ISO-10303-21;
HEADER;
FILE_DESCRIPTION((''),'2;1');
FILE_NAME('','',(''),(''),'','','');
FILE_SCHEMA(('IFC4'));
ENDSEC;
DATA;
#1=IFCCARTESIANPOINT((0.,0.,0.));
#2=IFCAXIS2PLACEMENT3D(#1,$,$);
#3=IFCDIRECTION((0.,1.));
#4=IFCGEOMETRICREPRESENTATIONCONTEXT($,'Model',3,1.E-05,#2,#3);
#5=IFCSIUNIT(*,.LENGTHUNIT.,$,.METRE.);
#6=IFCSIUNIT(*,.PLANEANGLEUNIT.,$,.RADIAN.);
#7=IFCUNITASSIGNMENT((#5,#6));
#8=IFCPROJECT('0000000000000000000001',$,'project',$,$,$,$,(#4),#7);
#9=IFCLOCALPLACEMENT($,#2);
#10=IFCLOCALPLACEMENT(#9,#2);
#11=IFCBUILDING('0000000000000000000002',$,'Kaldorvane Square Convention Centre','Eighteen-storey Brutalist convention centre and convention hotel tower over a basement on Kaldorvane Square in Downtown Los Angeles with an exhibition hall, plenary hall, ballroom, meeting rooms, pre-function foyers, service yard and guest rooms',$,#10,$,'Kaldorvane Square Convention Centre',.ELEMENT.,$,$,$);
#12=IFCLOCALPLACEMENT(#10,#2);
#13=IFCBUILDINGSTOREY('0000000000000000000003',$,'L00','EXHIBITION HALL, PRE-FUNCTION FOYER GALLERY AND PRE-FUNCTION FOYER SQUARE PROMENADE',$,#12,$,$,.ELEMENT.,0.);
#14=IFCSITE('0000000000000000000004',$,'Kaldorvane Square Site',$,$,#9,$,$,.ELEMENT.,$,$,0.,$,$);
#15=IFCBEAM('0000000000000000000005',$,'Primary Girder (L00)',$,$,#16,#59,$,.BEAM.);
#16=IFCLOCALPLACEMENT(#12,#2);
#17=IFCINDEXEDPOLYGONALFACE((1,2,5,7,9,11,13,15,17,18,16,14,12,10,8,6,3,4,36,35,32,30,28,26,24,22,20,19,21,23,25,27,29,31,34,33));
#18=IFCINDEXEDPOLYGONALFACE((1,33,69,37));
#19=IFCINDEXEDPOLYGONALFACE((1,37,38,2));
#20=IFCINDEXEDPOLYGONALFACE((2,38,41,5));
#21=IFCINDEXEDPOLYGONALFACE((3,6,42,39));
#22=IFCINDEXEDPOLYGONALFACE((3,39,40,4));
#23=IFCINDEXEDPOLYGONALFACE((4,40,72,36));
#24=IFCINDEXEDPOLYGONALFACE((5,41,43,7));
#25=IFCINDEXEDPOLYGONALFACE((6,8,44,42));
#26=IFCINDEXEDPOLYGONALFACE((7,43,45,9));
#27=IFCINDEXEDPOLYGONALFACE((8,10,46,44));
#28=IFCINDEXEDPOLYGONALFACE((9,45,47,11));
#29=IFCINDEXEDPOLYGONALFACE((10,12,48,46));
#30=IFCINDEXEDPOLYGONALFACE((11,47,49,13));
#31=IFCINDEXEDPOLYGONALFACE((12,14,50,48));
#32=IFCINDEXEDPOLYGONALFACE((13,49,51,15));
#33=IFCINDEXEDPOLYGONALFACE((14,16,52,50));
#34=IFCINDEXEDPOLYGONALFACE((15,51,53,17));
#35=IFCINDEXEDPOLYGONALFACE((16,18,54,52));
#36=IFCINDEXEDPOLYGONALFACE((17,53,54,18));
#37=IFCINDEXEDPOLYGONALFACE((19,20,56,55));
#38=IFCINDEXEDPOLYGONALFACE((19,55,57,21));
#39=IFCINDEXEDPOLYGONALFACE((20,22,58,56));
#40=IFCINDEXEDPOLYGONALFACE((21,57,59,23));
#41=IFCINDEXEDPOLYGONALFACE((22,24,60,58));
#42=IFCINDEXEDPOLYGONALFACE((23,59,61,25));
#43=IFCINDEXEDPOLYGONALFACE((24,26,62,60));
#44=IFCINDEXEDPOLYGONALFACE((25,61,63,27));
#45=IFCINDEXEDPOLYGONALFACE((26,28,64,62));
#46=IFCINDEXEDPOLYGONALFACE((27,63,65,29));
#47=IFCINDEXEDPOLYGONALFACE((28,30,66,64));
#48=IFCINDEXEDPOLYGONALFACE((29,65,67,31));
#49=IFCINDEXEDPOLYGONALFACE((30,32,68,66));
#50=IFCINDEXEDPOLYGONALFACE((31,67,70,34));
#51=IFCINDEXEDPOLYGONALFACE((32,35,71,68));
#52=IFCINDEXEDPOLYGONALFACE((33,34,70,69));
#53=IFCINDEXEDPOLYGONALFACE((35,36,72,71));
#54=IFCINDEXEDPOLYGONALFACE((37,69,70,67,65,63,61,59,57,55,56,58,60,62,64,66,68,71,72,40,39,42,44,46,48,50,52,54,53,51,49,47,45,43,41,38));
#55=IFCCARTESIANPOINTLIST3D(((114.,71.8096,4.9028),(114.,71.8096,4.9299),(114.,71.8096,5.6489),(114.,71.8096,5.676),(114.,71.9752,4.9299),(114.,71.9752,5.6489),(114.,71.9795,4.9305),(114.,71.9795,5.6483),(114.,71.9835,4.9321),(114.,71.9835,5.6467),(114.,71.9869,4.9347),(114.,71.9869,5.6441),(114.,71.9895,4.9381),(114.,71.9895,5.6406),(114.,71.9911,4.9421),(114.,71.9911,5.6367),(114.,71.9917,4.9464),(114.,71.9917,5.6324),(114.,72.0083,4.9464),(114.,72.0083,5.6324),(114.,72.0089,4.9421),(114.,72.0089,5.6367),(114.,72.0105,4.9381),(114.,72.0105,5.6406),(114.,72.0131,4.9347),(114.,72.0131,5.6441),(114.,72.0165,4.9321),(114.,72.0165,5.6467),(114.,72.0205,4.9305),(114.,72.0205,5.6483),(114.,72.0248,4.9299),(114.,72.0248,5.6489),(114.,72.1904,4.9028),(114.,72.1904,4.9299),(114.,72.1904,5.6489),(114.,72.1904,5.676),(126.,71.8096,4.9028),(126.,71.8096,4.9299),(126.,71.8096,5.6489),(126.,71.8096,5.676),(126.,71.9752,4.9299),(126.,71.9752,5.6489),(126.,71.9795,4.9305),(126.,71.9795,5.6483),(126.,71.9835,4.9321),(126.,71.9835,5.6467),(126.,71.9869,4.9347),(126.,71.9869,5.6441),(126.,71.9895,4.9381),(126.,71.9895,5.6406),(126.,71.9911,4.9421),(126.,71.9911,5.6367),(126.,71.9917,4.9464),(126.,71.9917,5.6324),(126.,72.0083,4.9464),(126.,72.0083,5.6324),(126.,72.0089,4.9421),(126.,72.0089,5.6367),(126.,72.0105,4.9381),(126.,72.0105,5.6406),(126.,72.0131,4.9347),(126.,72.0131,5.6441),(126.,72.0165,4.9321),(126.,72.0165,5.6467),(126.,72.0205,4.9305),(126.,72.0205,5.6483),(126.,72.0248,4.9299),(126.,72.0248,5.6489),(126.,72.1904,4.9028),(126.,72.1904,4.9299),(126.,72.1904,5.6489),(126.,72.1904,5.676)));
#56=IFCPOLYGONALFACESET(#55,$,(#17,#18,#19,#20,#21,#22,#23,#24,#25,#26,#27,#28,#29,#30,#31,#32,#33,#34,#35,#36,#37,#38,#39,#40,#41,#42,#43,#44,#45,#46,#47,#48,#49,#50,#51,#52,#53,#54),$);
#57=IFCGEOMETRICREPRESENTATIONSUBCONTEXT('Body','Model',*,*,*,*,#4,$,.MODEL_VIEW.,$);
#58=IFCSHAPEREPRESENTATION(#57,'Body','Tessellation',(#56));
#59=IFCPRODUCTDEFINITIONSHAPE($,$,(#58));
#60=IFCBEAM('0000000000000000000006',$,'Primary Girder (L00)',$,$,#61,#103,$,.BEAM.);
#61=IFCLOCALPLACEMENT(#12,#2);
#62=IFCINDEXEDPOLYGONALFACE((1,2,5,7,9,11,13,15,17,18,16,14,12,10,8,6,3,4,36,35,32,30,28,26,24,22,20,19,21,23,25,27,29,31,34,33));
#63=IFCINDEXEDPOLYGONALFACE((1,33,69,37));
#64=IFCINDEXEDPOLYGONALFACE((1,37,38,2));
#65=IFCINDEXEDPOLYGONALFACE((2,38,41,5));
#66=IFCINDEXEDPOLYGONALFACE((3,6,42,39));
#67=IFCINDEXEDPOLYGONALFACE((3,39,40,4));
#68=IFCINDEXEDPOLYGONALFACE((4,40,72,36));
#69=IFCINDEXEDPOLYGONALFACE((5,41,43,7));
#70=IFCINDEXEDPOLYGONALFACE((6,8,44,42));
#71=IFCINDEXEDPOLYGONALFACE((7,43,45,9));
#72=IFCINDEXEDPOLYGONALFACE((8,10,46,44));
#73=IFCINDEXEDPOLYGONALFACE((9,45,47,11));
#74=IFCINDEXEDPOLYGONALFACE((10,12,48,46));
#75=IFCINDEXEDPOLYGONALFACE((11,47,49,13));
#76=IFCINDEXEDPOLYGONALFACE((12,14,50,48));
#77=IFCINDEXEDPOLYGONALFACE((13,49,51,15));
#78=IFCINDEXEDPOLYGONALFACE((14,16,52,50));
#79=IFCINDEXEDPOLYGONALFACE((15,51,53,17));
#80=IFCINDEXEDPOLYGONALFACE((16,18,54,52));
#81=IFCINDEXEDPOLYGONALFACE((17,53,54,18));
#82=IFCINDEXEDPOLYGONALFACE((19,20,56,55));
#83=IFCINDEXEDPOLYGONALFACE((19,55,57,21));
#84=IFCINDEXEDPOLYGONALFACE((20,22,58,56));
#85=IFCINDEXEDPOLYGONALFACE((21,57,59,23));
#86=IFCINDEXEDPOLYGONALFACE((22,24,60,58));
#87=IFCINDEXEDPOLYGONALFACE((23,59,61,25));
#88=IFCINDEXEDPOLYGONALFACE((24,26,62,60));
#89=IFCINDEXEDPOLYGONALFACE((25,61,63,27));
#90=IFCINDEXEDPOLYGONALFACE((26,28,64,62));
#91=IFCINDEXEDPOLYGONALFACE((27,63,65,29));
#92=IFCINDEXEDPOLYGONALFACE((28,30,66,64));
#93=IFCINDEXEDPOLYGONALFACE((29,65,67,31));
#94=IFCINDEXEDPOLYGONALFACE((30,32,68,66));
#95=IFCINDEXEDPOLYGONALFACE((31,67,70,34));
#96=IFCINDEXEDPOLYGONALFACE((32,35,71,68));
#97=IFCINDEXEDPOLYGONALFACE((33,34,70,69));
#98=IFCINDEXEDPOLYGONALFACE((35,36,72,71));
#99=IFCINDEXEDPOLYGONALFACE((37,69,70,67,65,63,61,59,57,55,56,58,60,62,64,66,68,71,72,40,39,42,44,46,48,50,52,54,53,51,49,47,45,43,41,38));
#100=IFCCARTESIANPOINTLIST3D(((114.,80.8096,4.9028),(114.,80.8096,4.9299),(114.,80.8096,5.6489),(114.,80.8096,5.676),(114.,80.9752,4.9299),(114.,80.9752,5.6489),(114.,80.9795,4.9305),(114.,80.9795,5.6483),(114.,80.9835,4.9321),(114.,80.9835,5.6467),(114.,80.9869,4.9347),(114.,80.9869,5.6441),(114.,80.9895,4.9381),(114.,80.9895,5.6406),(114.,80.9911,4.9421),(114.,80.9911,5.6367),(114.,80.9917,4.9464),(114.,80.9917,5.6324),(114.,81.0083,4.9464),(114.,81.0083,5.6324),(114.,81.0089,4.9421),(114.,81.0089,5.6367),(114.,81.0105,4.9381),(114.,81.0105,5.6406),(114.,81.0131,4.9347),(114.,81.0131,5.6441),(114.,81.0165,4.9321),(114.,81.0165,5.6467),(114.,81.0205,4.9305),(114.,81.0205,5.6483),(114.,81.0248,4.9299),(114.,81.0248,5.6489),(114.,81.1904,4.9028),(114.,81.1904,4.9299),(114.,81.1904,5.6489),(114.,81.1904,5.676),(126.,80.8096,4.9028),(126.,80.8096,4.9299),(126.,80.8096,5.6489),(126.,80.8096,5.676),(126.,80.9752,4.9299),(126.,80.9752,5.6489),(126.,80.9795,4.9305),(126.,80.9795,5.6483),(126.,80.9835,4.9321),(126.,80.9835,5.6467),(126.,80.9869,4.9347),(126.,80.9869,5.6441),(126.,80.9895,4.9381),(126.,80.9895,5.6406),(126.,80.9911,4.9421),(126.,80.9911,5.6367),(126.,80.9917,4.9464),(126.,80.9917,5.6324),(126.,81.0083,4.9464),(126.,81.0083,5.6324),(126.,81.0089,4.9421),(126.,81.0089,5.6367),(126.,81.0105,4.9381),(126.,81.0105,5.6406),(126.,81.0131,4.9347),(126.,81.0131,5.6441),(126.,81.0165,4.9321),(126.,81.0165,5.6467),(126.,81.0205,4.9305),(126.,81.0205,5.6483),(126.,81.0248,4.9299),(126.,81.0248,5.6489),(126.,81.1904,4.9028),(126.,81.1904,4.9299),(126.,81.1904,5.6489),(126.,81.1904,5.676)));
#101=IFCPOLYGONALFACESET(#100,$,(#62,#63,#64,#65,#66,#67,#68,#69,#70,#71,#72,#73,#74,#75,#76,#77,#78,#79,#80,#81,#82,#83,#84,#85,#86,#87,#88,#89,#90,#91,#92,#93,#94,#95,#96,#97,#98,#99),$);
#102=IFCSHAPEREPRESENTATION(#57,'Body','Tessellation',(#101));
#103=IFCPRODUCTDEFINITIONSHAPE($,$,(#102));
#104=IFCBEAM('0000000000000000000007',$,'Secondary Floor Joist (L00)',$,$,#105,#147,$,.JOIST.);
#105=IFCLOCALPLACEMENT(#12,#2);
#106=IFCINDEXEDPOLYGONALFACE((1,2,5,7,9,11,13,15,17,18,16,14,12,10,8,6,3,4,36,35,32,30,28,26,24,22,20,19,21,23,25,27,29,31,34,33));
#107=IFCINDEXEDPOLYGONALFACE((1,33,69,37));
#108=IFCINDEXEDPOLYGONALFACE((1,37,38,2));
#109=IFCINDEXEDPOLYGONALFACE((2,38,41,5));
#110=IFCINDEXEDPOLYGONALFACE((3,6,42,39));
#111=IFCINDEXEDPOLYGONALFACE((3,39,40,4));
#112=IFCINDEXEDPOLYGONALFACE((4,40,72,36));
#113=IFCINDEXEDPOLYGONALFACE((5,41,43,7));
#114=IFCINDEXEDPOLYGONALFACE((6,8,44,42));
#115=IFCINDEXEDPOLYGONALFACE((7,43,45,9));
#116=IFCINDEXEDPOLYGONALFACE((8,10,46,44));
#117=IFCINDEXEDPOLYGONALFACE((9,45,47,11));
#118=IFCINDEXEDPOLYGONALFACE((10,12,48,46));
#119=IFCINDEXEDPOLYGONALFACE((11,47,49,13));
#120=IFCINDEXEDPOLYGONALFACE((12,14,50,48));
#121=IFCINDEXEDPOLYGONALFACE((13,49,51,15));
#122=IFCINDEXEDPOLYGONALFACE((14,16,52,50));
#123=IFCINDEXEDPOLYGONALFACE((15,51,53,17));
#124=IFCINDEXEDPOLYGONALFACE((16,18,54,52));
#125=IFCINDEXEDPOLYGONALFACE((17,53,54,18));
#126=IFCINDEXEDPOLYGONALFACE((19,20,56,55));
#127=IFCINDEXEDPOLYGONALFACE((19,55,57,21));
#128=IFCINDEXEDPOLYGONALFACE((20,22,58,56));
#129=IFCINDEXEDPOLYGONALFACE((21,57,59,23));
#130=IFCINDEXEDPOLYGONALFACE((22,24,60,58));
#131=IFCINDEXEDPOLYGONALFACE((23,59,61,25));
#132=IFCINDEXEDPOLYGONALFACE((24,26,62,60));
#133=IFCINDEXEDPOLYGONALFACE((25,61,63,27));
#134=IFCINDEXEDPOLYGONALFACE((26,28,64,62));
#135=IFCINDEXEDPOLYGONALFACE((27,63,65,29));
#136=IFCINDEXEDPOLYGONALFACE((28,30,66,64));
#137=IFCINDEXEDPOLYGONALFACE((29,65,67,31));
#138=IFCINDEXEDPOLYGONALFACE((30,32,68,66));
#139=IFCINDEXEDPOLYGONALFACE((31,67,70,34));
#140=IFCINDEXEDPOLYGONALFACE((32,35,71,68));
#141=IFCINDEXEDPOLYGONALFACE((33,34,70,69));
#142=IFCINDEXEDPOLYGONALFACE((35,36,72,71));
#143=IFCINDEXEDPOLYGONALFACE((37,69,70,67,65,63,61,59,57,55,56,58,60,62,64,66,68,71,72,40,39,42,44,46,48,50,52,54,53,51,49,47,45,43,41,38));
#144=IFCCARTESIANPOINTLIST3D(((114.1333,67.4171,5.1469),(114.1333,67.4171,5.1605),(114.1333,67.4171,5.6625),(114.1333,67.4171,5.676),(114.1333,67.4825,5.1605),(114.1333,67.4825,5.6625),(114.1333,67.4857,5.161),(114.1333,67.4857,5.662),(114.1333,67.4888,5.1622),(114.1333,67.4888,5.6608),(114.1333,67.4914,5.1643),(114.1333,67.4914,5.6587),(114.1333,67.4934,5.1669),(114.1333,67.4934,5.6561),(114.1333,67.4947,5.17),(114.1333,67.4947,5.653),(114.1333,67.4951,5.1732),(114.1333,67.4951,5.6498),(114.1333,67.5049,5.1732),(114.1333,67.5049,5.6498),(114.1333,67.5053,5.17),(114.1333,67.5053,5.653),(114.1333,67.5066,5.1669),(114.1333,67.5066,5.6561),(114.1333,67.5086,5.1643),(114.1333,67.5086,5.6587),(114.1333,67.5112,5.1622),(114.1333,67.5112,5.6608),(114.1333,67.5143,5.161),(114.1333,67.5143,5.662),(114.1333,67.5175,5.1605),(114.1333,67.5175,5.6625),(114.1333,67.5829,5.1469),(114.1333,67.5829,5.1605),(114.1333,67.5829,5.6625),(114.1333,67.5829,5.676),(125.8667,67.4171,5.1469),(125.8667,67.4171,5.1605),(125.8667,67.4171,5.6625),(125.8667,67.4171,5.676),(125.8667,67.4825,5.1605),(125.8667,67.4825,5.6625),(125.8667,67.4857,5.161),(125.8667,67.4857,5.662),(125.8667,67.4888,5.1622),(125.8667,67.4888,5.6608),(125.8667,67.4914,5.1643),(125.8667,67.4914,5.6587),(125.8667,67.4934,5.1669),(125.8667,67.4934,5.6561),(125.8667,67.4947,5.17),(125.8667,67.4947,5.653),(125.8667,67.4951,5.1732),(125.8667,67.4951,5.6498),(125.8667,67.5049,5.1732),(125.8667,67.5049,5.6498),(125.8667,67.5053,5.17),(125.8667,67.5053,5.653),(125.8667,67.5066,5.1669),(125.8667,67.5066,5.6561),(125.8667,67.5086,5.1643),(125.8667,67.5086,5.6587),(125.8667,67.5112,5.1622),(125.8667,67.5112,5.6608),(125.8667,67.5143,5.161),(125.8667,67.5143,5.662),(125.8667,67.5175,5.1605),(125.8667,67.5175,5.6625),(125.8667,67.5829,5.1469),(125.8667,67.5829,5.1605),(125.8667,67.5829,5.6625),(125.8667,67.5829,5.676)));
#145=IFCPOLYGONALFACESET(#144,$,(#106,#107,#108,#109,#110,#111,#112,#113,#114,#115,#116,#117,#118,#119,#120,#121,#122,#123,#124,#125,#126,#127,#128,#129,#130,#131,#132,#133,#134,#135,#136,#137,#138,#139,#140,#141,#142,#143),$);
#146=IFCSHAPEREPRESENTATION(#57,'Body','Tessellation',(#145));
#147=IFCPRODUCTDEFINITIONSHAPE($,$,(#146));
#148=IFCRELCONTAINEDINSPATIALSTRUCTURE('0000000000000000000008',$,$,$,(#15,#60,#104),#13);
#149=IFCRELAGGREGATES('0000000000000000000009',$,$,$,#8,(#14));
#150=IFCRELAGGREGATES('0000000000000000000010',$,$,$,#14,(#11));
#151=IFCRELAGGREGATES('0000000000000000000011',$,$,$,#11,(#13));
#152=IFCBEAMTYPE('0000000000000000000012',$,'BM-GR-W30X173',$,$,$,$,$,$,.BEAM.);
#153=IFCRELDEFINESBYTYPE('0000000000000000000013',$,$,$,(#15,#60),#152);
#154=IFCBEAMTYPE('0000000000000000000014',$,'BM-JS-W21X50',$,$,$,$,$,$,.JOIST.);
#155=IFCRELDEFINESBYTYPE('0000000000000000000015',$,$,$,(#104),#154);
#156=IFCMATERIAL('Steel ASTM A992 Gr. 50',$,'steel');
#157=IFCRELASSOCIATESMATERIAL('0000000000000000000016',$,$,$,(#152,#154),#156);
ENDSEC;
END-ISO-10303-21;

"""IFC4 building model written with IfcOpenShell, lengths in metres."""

from ifc_helpers import new_model, si_unit, direction, frame, origin, origin_2d, place, context, subcontext, project, spatial, i_section, extrude, material, material_profile, profile_set, type_object, element, save


model = new_model("IFC4")

# Units and contexts
model_context = context("Model", 3, precision=1e-05, world=origin(), true_north=direction((0.0, 1.0)))
body_context = subcontext(model_context, "Body", "Model", "MODEL_VIEW")
ifc_project = project(units=[si_unit("LENGTHUNIT", "METRE"), si_unit("PLANEANGLEUNIT", "RADIAN")], contexts=[model_context])

# Site, building, storey
site_placement = place(None, origin())
site = spatial("IfcSite", under=ifc_project, at=site_placement, Name="Kaldorvane Square Site", CompositionType="ELEMENT", RefElevation=0.0)
building_placement = place(site_placement, origin())
building = spatial("IfcBuilding", under=site, at=building_placement, Name="Kaldorvane Square Convention Centre", Description="Eighteen-storey Brutalist convention centre and convention hotel tower over a basement on Kaldorvane Square in Downtown Los Angeles with an exhibition hall, plenary hall, ballroom, meeting rooms, pre-function foyers, service yard and guest rooms", LongName="Kaldorvane Square Convention Centre", CompositionType="ELEMENT")
storey_placement = place(building_placement, origin())
storey = spatial("IfcBuildingStorey", under=building, at=storey_placement, Name="L00", Description="EXHIBITION HALL, PRE-FUNCTION FOYER GALLERY AND PRE-FUNCTION FOYER SQUARE PROMENADE", CompositionType="ELEMENT", Elevation=0.0)

# Shared definitions
ifc_material_1 = material(Name="Steel ASTM A992 Gr. 50", Category="steel")

# Beams
ifc_material_profile_1 = material_profile(ifc_material_1, i_section(OverallWidth=0.3807, OverallDepth=0.7732, WebThickness=0.0166, FlangeThickness=0.0271, FilletRadius=0.0165, at=origin_2d()), Name="W30X173")
ifc_profile_set_1 = profile_set([ifc_material_profile_1], Name="Steel ASTM A992 Gr. 50")
beam_type_1 = type_object("IfcBeamType", Name="BM-GR-W30X173", PredefinedType="BEAM", material=ifc_profile_set_1)
for number, where, z_axis, x_axis, name in (
    (1, (114.0, 72.0, 5.2894), (1.0, 0.0, 0.0), (0.0, 1.0, 0.0), "Primary Girder (L00)"),
    (2, (114.0, 81.0, 5.2894), (1.0, 0.0, 0.0), (0.0, 1.0, 0.0), "Primary Girder (L00)"),
):
    element("IfcBeam", number, at=place(storey_placement, frame(where, z_axis=z_axis, x_axis=x_axis)), inside=storey, type_object=beam_type_1, Name=name, PredefinedType="BEAM", context=body_context, shape_type="SweptSolid", body=[
        extrude(i_section(OverallWidth=0.3807, OverallDepth=0.7732, WebThickness=0.0166, FlangeThickness=0.0271, FilletRadius=0.0165, at=origin_2d()), origin(), (0.0, 0.0, 1.0), 12.0),
    ])
ifc_material_profile_2 = material_profile(ifc_material_1, i_section(OverallWidth=0.1659, OverallDepth=0.5291, WebThickness=0.0097, FlangeThickness=0.0136, FilletRadius=0.0127, at=origin_2d()), Name="W21X50")
ifc_profile_set_2 = profile_set([ifc_material_profile_2], Name="Steel ASTM A992 Gr. 50")
beam_type_2 = type_object("IfcBeamType", Name="BM-JS-W21X50", PredefinedType="JOIST", material=ifc_profile_set_2)
beam_1_placement = place(storey_placement, frame((114.1333, 67.5, 5.4115), z_axis=(1.0, 0.0, 0.0), x_axis=(0.0, 1.0, 0.0)))
element("IfcBeam", 3, at=beam_1_placement, inside=storey, type_object=beam_type_2, Name="Secondary Floor Joist (L00)", PredefinedType="JOIST", context=body_context, shape_type="SweptSolid", body=[
    extrude(i_section(OverallWidth=0.1659, OverallDepth=0.5291, WebThickness=0.0097, FlangeThickness=0.0136, FilletRadius=0.0127, at=origin_2d()), origin(), (0.0, 0.0, 1.0), 11.7334),
])

save(model, "model.ifc")
